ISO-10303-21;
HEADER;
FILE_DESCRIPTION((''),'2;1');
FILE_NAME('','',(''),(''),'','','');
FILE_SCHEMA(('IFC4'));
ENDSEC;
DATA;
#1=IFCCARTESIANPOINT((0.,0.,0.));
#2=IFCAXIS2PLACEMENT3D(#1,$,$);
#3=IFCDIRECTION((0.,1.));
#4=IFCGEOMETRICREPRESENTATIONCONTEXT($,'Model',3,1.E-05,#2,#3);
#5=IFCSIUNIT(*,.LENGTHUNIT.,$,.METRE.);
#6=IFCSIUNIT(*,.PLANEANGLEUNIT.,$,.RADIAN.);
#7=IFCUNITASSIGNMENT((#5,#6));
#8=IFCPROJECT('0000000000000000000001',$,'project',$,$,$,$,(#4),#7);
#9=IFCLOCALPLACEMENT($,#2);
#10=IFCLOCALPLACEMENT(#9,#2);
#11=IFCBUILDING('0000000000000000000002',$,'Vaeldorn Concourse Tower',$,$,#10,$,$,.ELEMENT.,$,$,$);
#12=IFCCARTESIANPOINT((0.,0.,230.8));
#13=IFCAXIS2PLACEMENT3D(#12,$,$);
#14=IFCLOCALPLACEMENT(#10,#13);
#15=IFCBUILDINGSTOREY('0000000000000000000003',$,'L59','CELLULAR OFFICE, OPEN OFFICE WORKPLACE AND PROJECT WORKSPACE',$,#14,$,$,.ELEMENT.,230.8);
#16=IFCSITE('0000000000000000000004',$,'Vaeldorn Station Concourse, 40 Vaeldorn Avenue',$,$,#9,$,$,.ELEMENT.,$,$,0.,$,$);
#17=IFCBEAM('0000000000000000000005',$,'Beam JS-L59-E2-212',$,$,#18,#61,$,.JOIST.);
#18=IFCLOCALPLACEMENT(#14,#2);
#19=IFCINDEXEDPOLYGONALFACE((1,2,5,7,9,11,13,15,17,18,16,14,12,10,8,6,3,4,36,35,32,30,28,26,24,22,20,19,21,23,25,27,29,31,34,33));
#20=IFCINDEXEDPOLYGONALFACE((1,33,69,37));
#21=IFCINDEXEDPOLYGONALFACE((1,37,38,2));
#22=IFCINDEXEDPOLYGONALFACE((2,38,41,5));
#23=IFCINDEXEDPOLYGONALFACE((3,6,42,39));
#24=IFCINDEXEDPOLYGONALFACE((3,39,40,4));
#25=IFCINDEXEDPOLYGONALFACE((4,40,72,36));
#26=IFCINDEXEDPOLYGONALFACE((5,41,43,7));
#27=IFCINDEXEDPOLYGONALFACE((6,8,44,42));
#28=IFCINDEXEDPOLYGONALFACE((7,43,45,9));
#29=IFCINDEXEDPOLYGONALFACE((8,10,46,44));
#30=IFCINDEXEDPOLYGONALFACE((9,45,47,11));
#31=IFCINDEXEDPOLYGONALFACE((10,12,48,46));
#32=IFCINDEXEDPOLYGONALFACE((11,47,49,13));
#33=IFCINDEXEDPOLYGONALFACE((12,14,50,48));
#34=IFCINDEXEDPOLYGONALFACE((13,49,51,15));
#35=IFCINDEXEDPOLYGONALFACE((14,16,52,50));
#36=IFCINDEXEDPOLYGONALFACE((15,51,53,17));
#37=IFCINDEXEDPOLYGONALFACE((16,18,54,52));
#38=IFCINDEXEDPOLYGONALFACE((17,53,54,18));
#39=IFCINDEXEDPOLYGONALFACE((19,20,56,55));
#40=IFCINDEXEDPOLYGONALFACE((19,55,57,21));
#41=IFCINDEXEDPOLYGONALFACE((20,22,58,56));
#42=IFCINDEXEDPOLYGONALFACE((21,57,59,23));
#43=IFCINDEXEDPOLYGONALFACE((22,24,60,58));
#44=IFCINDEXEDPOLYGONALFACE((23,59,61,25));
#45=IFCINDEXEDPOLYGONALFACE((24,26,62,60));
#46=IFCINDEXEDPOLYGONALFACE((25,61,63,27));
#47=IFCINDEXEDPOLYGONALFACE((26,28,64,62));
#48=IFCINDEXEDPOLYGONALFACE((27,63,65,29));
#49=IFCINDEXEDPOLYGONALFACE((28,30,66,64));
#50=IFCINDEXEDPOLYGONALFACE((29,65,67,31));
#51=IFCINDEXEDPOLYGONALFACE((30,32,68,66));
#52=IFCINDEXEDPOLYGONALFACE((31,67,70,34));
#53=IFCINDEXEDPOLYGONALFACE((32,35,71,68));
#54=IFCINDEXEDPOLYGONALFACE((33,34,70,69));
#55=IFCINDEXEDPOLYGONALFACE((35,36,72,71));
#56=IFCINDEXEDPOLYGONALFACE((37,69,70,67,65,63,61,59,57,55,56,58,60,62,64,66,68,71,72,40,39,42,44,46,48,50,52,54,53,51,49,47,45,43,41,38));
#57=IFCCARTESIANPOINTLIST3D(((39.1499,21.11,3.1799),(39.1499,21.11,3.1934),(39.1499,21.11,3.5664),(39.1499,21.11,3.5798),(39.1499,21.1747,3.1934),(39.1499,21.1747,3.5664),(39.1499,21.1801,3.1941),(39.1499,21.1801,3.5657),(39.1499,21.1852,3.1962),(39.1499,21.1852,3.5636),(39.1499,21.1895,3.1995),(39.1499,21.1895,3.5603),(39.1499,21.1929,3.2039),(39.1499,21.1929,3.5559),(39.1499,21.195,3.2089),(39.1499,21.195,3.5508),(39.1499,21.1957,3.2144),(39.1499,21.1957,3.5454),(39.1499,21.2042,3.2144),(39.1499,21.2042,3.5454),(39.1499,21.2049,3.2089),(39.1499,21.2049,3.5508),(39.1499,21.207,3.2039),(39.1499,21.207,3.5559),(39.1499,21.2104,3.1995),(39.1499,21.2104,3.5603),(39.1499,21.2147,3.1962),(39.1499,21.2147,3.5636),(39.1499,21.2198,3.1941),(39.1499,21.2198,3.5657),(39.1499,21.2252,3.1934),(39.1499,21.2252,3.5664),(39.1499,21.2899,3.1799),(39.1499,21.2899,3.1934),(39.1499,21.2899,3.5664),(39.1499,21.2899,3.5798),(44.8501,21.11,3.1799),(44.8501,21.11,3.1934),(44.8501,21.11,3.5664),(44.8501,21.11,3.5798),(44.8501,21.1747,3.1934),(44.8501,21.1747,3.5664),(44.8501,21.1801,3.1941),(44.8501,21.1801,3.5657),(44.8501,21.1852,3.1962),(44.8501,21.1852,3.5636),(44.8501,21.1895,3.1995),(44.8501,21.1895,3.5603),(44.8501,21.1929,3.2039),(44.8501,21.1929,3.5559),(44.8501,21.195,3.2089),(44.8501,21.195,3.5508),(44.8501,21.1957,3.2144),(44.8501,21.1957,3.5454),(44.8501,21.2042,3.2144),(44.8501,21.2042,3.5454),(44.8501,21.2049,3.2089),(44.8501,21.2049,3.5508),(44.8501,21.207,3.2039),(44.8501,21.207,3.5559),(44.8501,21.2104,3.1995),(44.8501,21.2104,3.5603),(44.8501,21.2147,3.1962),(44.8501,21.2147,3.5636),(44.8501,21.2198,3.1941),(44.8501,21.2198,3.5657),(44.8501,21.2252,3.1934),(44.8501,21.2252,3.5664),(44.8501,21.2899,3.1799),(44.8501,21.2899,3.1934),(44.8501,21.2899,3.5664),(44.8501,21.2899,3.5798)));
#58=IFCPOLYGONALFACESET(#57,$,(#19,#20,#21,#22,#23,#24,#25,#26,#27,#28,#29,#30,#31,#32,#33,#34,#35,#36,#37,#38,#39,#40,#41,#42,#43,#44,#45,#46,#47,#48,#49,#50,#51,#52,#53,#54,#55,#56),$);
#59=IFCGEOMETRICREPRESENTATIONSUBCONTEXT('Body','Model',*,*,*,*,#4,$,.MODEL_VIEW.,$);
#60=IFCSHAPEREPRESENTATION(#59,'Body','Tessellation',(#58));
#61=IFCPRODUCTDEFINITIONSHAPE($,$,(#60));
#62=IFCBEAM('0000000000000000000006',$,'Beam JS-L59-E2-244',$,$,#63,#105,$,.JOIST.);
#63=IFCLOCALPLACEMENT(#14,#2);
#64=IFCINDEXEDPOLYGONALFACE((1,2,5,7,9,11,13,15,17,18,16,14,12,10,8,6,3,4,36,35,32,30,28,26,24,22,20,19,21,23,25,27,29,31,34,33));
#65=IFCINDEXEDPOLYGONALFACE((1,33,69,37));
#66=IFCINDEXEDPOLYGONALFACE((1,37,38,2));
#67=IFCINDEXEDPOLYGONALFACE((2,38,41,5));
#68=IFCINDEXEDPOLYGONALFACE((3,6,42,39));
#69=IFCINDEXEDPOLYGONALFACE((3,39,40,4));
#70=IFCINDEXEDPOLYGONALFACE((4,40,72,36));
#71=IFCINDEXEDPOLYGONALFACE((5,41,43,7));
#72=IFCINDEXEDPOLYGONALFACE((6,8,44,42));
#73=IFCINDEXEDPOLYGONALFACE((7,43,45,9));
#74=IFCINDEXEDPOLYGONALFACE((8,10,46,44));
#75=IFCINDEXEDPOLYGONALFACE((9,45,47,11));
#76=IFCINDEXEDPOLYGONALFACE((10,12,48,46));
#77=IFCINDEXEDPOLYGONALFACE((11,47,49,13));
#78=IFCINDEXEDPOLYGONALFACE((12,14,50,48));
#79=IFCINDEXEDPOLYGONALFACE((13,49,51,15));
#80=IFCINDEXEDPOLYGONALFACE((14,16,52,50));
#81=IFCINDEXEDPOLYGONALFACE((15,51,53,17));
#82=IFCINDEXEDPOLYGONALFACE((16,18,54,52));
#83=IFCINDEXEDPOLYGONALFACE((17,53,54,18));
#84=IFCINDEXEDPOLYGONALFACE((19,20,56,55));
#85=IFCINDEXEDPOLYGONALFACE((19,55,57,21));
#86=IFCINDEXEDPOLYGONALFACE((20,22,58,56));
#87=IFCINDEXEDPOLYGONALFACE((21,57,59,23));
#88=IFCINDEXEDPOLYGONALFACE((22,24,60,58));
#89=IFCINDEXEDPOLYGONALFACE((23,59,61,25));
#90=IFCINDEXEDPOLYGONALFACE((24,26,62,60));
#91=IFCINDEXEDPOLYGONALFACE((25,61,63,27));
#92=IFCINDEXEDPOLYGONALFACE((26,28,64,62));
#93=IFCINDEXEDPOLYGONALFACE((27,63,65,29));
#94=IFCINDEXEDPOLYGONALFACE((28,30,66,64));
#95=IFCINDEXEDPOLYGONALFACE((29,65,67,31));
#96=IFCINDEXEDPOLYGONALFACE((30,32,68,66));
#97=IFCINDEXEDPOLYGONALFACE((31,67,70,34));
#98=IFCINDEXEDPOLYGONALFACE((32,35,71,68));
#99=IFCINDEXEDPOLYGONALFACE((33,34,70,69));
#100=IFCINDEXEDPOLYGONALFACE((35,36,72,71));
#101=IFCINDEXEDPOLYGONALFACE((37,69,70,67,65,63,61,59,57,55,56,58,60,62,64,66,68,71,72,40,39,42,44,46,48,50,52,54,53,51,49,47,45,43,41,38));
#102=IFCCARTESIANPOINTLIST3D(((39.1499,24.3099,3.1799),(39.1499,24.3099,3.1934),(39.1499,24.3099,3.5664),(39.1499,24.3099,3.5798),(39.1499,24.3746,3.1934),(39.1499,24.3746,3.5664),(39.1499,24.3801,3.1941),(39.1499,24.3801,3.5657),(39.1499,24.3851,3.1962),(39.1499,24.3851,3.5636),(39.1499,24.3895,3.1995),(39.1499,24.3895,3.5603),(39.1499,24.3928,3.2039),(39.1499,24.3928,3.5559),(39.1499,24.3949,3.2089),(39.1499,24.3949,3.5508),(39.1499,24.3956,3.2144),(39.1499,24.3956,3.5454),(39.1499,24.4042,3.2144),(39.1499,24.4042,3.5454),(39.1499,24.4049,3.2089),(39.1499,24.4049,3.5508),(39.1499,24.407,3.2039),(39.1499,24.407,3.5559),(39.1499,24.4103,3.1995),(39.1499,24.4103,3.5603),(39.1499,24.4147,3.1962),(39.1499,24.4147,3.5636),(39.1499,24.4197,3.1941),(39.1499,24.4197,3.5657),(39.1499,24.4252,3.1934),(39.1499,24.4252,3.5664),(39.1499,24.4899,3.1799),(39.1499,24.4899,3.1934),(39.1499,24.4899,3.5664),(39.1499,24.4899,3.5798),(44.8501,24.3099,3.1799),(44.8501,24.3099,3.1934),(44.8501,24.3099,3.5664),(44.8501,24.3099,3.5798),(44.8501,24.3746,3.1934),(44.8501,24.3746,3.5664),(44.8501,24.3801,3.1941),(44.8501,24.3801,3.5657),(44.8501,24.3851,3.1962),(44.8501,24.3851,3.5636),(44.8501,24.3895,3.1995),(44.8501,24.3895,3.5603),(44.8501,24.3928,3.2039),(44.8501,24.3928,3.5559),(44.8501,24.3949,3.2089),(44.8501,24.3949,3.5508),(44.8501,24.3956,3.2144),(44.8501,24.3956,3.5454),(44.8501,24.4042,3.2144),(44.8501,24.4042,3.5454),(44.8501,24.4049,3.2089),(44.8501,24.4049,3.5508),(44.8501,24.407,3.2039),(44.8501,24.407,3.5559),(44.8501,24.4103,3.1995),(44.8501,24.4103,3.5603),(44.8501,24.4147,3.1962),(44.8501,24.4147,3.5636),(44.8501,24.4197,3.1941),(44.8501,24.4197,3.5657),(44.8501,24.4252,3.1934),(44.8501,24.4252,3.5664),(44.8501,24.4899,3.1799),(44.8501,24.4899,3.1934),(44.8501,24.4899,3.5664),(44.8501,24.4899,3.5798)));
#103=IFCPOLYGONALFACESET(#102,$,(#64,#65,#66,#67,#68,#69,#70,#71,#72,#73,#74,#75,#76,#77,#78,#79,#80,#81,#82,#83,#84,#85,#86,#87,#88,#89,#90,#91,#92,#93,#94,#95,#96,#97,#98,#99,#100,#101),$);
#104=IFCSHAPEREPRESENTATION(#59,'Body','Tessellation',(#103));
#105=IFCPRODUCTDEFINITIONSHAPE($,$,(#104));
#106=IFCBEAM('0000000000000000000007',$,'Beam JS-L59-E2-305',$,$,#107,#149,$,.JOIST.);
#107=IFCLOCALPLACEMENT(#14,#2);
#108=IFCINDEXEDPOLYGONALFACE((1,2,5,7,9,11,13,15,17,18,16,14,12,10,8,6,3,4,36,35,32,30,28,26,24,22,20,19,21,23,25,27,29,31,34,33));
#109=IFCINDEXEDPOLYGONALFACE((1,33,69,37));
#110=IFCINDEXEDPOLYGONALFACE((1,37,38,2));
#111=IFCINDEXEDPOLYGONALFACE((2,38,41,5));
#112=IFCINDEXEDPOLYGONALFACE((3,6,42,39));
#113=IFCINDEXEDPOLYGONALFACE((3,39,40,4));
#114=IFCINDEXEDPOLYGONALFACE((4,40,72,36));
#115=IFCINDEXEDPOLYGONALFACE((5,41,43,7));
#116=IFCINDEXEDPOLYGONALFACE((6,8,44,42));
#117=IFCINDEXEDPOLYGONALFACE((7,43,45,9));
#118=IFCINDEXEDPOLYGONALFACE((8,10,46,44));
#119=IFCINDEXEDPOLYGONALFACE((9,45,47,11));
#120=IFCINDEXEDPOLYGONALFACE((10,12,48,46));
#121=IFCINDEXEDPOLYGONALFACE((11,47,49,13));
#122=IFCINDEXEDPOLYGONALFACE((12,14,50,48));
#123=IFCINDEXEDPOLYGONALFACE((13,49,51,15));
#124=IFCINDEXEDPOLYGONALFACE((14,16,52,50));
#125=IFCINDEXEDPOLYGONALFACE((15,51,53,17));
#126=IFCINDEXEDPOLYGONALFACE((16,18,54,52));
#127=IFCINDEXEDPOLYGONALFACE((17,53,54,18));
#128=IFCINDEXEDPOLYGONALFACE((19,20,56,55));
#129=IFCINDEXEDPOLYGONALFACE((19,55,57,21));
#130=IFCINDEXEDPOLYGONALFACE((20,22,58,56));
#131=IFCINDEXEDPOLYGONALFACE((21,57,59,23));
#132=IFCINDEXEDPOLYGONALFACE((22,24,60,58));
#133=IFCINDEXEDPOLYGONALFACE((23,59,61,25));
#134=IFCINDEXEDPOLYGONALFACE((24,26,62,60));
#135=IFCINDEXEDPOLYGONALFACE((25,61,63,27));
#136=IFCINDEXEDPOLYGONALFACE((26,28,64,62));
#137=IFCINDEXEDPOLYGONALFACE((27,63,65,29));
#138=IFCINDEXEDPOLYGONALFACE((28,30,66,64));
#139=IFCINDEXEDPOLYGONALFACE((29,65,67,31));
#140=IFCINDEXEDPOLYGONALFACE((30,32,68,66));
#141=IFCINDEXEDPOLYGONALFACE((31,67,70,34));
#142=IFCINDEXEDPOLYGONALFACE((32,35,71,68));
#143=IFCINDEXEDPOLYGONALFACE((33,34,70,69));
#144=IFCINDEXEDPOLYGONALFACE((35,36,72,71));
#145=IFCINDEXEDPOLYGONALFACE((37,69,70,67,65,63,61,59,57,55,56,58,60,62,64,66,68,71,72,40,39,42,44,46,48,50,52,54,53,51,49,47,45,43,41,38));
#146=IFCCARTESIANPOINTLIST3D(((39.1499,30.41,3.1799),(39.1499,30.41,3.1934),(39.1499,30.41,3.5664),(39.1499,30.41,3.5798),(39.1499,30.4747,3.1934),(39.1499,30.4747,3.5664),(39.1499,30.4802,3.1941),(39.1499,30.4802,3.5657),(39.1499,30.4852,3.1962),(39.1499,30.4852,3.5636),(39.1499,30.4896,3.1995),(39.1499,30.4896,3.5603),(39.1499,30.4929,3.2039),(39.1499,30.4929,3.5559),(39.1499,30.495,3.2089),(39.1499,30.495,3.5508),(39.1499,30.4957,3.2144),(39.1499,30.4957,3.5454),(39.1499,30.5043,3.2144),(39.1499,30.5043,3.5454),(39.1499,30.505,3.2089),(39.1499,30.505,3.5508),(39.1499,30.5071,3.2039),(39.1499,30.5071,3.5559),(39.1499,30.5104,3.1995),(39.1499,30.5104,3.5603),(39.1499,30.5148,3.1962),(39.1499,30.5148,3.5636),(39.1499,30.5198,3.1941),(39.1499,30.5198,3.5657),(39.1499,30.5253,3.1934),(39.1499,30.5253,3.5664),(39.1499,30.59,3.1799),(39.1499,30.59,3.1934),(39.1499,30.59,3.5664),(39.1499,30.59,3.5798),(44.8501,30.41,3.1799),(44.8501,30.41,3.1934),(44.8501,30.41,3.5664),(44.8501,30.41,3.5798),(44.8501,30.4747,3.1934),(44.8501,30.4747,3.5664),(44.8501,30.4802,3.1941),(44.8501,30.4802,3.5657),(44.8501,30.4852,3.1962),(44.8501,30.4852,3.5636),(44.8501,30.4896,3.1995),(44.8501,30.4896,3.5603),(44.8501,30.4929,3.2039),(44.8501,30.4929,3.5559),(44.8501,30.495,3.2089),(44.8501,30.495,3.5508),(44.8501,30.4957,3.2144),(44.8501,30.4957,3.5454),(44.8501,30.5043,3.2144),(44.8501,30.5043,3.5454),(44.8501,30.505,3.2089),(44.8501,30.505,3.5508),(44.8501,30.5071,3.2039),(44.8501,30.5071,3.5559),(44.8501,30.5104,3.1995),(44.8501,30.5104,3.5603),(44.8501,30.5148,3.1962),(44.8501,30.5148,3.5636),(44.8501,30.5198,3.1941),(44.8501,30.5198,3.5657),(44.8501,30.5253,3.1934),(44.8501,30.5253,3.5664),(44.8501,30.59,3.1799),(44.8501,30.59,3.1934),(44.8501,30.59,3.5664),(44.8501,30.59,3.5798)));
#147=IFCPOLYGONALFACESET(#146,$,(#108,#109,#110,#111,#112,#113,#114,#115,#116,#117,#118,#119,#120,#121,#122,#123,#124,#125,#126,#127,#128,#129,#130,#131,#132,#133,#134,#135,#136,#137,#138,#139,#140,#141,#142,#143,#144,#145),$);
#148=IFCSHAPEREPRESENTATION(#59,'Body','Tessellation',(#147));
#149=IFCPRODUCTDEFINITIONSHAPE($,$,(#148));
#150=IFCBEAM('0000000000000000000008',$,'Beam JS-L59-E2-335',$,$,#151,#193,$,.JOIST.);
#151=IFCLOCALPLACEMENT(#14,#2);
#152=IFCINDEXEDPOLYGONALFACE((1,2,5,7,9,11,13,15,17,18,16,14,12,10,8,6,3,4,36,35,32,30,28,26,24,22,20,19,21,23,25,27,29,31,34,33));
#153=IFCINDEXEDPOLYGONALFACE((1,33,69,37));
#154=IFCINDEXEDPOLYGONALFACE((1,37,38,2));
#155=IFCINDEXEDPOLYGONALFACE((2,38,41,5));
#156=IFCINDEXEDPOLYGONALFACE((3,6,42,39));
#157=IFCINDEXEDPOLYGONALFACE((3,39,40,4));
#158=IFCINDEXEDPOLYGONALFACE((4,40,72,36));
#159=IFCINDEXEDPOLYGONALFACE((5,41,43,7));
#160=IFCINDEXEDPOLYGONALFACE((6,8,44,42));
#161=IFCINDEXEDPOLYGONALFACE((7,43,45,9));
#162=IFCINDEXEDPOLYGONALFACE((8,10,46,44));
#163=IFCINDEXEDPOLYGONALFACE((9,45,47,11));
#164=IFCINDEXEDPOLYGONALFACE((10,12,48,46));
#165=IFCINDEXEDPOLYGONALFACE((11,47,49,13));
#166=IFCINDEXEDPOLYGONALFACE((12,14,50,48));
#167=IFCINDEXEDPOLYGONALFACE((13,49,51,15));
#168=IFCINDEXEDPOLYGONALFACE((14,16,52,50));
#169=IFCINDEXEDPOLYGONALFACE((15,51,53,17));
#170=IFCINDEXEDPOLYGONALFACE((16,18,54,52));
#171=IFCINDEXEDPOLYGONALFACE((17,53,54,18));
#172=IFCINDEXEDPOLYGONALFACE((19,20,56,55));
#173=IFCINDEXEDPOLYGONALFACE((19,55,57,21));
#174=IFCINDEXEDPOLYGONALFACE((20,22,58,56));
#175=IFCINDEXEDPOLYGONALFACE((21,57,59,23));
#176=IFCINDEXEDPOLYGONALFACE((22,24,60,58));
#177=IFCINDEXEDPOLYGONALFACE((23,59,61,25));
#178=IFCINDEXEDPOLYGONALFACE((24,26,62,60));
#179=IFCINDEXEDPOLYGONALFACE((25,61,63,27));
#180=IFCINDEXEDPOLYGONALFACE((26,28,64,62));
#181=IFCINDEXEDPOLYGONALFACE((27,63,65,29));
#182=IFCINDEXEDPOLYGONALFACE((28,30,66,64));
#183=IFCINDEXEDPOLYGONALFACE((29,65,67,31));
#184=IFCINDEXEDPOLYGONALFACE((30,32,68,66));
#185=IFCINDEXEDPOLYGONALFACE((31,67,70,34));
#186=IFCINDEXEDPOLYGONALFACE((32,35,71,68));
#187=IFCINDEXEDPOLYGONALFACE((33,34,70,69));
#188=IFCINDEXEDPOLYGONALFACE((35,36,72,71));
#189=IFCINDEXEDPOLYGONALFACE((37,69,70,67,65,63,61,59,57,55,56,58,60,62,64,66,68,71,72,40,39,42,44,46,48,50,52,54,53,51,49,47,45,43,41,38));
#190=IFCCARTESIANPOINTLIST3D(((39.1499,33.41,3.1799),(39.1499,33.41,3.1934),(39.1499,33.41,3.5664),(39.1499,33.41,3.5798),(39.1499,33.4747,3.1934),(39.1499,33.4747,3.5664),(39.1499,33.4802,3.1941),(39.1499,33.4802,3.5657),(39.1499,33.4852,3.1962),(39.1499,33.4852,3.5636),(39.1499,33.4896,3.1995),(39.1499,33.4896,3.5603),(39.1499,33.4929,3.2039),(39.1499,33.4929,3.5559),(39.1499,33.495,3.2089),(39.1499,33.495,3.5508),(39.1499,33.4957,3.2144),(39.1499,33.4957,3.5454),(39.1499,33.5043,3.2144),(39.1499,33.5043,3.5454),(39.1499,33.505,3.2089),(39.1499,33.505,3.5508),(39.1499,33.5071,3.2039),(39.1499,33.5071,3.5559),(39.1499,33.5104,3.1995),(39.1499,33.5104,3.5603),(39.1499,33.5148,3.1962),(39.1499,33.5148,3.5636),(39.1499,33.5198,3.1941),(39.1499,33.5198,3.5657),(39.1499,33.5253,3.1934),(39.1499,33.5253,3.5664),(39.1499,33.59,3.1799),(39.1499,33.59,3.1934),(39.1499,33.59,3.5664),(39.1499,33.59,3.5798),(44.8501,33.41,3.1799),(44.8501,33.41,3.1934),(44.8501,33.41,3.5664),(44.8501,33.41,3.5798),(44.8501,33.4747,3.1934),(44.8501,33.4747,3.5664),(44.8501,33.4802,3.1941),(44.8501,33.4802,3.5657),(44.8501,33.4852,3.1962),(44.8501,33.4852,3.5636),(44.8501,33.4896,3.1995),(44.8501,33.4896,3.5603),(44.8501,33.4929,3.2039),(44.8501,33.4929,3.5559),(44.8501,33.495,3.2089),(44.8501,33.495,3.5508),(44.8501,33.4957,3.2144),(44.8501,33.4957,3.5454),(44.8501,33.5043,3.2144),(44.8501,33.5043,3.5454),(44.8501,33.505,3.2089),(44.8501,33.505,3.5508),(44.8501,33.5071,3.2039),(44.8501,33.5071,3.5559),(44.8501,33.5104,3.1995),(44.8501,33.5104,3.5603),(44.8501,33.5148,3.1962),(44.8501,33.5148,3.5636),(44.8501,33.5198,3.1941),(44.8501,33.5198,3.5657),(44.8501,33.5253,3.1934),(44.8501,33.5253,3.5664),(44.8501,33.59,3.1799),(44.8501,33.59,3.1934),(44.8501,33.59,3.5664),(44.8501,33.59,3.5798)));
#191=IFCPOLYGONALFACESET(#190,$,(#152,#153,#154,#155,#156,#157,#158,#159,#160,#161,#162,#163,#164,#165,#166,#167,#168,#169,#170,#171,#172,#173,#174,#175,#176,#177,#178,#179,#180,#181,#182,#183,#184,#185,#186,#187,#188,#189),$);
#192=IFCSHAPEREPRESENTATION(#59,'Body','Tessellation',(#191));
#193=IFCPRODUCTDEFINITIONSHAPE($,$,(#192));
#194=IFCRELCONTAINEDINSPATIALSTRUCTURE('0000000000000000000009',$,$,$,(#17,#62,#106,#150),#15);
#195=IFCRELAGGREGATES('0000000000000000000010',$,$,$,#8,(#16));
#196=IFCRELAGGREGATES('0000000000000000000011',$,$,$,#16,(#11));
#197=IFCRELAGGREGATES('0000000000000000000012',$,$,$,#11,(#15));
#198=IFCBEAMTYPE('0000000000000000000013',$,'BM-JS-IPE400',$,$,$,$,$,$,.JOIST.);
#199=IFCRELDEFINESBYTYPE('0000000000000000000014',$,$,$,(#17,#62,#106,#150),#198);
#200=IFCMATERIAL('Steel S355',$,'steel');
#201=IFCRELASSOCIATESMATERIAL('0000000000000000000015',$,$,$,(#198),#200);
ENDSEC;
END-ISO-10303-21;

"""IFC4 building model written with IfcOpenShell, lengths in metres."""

from ifc_helpers import new_model, si_unit, direction, frame, origin, origin_2d, place, context, subcontext, project, spatial, i_section, extrude, source, transform, mapped, material, material_profile, profile_set, type_object, element, save


model = new_model("IFC4")

# Units and contexts
model_context = context("Model", 3, precision=1e-05, world=origin(), true_north=direction((0.0, 1.0)))
body_context = subcontext(model_context, "Body", "Model", "MODEL_VIEW")
ifc_project = project(units=[si_unit("LENGTHUNIT", "METRE"), si_unit("PLANEANGLEUNIT", "RADIAN")], contexts=[model_context])

# Site, building, storey
site_placement = place(None, origin())
site = spatial("IfcSite", under=ifc_project, at=site_placement, Name="Vaeldorn Station Concourse, 40 Vaeldorn Avenue", CompositionType="ELEMENT", RefElevation=0.0)
building_placement = place(site_placement, origin())
building = spatial("IfcBuilding", under=site, at=building_placement, Name="Vaeldorn Concourse Tower", CompositionType="ELEMENT")
storey_placement = place(building_placement, frame((0.0, 0.0, 230.8)))
storey = spatial("IfcBuildingStorey", under=building, at=storey_placement, Name="L59", Description="CELLULAR OFFICE, OPEN OFFICE WORKPLACE AND PROJECT WORKSPACE", CompositionType="ELEMENT", Elevation=230.8)

# Shared definitions
ifc_material_1 = material(Name="Steel S355", Category="steel")

# Beams
ifc_material_profile_1 = material_profile(ifc_material_1, i_section(OverallWidth=0.1799, OverallDepth=0.3999, WebThickness=0.0085, FlangeThickness=0.0134, FilletRadius=0.021, at=origin_2d()), Name="IPE 400")
ifc_profile_set_1 = profile_set([ifc_material_profile_1], Name="Steel S355")
beam_type_1 = type_object("IfcBeamType", Name="BM-JS-IPE400", PredefinedType="JOIST", material=ifc_profile_set_1)
shared_shape_1 = source(origin(), body_context, "Body", "SweptSolid", [
    extrude(i_section(OverallWidth=0.1799, OverallDepth=0.3999, WebThickness=0.0085, FlangeThickness=0.0134, FilletRadius=0.021, at=origin_2d()), origin(), (0.0, 0.0, 1.0), 5.7002),
])
for number, where, z_axis, x_axis, name in (
    (1, (39.1499, 21.2, 3.3799), (1.0, 0.0, 0.0), (0.0, 1.0, 0.0), "Beam JS-L59-E2-212"),
    (2, (39.1499, 24.3999, 3.3799), (1.0, 0.0, 0.0), (0.0, 1.0, 0.0), "Beam JS-L59-E2-244"),
    (3, (39.1499, 30.5, 3.3799), (1.0, 0.0, 0.0), (0.0, 1.0, 0.0), "Beam JS-L59-E2-305"),
    (4, (39.1499, 33.5, 3.3799), (1.0, 0.0, 0.0), (0.0, 1.0, 0.0), "Beam JS-L59-E2-335"),
):
    element("IfcBeam", number, at=place(storey_placement, frame(where, z_axis=z_axis, x_axis=x_axis)), inside=storey, type_object=beam_type_1, Name=name, PredefinedType="JOIST", context=body_context, shape_type="MappedRepresentation", body=[
        mapped(shared_shape_1, transform((0.0, 0.0, 0.0), scale=1.0)),
    ])

save(model, "model.ifc")
